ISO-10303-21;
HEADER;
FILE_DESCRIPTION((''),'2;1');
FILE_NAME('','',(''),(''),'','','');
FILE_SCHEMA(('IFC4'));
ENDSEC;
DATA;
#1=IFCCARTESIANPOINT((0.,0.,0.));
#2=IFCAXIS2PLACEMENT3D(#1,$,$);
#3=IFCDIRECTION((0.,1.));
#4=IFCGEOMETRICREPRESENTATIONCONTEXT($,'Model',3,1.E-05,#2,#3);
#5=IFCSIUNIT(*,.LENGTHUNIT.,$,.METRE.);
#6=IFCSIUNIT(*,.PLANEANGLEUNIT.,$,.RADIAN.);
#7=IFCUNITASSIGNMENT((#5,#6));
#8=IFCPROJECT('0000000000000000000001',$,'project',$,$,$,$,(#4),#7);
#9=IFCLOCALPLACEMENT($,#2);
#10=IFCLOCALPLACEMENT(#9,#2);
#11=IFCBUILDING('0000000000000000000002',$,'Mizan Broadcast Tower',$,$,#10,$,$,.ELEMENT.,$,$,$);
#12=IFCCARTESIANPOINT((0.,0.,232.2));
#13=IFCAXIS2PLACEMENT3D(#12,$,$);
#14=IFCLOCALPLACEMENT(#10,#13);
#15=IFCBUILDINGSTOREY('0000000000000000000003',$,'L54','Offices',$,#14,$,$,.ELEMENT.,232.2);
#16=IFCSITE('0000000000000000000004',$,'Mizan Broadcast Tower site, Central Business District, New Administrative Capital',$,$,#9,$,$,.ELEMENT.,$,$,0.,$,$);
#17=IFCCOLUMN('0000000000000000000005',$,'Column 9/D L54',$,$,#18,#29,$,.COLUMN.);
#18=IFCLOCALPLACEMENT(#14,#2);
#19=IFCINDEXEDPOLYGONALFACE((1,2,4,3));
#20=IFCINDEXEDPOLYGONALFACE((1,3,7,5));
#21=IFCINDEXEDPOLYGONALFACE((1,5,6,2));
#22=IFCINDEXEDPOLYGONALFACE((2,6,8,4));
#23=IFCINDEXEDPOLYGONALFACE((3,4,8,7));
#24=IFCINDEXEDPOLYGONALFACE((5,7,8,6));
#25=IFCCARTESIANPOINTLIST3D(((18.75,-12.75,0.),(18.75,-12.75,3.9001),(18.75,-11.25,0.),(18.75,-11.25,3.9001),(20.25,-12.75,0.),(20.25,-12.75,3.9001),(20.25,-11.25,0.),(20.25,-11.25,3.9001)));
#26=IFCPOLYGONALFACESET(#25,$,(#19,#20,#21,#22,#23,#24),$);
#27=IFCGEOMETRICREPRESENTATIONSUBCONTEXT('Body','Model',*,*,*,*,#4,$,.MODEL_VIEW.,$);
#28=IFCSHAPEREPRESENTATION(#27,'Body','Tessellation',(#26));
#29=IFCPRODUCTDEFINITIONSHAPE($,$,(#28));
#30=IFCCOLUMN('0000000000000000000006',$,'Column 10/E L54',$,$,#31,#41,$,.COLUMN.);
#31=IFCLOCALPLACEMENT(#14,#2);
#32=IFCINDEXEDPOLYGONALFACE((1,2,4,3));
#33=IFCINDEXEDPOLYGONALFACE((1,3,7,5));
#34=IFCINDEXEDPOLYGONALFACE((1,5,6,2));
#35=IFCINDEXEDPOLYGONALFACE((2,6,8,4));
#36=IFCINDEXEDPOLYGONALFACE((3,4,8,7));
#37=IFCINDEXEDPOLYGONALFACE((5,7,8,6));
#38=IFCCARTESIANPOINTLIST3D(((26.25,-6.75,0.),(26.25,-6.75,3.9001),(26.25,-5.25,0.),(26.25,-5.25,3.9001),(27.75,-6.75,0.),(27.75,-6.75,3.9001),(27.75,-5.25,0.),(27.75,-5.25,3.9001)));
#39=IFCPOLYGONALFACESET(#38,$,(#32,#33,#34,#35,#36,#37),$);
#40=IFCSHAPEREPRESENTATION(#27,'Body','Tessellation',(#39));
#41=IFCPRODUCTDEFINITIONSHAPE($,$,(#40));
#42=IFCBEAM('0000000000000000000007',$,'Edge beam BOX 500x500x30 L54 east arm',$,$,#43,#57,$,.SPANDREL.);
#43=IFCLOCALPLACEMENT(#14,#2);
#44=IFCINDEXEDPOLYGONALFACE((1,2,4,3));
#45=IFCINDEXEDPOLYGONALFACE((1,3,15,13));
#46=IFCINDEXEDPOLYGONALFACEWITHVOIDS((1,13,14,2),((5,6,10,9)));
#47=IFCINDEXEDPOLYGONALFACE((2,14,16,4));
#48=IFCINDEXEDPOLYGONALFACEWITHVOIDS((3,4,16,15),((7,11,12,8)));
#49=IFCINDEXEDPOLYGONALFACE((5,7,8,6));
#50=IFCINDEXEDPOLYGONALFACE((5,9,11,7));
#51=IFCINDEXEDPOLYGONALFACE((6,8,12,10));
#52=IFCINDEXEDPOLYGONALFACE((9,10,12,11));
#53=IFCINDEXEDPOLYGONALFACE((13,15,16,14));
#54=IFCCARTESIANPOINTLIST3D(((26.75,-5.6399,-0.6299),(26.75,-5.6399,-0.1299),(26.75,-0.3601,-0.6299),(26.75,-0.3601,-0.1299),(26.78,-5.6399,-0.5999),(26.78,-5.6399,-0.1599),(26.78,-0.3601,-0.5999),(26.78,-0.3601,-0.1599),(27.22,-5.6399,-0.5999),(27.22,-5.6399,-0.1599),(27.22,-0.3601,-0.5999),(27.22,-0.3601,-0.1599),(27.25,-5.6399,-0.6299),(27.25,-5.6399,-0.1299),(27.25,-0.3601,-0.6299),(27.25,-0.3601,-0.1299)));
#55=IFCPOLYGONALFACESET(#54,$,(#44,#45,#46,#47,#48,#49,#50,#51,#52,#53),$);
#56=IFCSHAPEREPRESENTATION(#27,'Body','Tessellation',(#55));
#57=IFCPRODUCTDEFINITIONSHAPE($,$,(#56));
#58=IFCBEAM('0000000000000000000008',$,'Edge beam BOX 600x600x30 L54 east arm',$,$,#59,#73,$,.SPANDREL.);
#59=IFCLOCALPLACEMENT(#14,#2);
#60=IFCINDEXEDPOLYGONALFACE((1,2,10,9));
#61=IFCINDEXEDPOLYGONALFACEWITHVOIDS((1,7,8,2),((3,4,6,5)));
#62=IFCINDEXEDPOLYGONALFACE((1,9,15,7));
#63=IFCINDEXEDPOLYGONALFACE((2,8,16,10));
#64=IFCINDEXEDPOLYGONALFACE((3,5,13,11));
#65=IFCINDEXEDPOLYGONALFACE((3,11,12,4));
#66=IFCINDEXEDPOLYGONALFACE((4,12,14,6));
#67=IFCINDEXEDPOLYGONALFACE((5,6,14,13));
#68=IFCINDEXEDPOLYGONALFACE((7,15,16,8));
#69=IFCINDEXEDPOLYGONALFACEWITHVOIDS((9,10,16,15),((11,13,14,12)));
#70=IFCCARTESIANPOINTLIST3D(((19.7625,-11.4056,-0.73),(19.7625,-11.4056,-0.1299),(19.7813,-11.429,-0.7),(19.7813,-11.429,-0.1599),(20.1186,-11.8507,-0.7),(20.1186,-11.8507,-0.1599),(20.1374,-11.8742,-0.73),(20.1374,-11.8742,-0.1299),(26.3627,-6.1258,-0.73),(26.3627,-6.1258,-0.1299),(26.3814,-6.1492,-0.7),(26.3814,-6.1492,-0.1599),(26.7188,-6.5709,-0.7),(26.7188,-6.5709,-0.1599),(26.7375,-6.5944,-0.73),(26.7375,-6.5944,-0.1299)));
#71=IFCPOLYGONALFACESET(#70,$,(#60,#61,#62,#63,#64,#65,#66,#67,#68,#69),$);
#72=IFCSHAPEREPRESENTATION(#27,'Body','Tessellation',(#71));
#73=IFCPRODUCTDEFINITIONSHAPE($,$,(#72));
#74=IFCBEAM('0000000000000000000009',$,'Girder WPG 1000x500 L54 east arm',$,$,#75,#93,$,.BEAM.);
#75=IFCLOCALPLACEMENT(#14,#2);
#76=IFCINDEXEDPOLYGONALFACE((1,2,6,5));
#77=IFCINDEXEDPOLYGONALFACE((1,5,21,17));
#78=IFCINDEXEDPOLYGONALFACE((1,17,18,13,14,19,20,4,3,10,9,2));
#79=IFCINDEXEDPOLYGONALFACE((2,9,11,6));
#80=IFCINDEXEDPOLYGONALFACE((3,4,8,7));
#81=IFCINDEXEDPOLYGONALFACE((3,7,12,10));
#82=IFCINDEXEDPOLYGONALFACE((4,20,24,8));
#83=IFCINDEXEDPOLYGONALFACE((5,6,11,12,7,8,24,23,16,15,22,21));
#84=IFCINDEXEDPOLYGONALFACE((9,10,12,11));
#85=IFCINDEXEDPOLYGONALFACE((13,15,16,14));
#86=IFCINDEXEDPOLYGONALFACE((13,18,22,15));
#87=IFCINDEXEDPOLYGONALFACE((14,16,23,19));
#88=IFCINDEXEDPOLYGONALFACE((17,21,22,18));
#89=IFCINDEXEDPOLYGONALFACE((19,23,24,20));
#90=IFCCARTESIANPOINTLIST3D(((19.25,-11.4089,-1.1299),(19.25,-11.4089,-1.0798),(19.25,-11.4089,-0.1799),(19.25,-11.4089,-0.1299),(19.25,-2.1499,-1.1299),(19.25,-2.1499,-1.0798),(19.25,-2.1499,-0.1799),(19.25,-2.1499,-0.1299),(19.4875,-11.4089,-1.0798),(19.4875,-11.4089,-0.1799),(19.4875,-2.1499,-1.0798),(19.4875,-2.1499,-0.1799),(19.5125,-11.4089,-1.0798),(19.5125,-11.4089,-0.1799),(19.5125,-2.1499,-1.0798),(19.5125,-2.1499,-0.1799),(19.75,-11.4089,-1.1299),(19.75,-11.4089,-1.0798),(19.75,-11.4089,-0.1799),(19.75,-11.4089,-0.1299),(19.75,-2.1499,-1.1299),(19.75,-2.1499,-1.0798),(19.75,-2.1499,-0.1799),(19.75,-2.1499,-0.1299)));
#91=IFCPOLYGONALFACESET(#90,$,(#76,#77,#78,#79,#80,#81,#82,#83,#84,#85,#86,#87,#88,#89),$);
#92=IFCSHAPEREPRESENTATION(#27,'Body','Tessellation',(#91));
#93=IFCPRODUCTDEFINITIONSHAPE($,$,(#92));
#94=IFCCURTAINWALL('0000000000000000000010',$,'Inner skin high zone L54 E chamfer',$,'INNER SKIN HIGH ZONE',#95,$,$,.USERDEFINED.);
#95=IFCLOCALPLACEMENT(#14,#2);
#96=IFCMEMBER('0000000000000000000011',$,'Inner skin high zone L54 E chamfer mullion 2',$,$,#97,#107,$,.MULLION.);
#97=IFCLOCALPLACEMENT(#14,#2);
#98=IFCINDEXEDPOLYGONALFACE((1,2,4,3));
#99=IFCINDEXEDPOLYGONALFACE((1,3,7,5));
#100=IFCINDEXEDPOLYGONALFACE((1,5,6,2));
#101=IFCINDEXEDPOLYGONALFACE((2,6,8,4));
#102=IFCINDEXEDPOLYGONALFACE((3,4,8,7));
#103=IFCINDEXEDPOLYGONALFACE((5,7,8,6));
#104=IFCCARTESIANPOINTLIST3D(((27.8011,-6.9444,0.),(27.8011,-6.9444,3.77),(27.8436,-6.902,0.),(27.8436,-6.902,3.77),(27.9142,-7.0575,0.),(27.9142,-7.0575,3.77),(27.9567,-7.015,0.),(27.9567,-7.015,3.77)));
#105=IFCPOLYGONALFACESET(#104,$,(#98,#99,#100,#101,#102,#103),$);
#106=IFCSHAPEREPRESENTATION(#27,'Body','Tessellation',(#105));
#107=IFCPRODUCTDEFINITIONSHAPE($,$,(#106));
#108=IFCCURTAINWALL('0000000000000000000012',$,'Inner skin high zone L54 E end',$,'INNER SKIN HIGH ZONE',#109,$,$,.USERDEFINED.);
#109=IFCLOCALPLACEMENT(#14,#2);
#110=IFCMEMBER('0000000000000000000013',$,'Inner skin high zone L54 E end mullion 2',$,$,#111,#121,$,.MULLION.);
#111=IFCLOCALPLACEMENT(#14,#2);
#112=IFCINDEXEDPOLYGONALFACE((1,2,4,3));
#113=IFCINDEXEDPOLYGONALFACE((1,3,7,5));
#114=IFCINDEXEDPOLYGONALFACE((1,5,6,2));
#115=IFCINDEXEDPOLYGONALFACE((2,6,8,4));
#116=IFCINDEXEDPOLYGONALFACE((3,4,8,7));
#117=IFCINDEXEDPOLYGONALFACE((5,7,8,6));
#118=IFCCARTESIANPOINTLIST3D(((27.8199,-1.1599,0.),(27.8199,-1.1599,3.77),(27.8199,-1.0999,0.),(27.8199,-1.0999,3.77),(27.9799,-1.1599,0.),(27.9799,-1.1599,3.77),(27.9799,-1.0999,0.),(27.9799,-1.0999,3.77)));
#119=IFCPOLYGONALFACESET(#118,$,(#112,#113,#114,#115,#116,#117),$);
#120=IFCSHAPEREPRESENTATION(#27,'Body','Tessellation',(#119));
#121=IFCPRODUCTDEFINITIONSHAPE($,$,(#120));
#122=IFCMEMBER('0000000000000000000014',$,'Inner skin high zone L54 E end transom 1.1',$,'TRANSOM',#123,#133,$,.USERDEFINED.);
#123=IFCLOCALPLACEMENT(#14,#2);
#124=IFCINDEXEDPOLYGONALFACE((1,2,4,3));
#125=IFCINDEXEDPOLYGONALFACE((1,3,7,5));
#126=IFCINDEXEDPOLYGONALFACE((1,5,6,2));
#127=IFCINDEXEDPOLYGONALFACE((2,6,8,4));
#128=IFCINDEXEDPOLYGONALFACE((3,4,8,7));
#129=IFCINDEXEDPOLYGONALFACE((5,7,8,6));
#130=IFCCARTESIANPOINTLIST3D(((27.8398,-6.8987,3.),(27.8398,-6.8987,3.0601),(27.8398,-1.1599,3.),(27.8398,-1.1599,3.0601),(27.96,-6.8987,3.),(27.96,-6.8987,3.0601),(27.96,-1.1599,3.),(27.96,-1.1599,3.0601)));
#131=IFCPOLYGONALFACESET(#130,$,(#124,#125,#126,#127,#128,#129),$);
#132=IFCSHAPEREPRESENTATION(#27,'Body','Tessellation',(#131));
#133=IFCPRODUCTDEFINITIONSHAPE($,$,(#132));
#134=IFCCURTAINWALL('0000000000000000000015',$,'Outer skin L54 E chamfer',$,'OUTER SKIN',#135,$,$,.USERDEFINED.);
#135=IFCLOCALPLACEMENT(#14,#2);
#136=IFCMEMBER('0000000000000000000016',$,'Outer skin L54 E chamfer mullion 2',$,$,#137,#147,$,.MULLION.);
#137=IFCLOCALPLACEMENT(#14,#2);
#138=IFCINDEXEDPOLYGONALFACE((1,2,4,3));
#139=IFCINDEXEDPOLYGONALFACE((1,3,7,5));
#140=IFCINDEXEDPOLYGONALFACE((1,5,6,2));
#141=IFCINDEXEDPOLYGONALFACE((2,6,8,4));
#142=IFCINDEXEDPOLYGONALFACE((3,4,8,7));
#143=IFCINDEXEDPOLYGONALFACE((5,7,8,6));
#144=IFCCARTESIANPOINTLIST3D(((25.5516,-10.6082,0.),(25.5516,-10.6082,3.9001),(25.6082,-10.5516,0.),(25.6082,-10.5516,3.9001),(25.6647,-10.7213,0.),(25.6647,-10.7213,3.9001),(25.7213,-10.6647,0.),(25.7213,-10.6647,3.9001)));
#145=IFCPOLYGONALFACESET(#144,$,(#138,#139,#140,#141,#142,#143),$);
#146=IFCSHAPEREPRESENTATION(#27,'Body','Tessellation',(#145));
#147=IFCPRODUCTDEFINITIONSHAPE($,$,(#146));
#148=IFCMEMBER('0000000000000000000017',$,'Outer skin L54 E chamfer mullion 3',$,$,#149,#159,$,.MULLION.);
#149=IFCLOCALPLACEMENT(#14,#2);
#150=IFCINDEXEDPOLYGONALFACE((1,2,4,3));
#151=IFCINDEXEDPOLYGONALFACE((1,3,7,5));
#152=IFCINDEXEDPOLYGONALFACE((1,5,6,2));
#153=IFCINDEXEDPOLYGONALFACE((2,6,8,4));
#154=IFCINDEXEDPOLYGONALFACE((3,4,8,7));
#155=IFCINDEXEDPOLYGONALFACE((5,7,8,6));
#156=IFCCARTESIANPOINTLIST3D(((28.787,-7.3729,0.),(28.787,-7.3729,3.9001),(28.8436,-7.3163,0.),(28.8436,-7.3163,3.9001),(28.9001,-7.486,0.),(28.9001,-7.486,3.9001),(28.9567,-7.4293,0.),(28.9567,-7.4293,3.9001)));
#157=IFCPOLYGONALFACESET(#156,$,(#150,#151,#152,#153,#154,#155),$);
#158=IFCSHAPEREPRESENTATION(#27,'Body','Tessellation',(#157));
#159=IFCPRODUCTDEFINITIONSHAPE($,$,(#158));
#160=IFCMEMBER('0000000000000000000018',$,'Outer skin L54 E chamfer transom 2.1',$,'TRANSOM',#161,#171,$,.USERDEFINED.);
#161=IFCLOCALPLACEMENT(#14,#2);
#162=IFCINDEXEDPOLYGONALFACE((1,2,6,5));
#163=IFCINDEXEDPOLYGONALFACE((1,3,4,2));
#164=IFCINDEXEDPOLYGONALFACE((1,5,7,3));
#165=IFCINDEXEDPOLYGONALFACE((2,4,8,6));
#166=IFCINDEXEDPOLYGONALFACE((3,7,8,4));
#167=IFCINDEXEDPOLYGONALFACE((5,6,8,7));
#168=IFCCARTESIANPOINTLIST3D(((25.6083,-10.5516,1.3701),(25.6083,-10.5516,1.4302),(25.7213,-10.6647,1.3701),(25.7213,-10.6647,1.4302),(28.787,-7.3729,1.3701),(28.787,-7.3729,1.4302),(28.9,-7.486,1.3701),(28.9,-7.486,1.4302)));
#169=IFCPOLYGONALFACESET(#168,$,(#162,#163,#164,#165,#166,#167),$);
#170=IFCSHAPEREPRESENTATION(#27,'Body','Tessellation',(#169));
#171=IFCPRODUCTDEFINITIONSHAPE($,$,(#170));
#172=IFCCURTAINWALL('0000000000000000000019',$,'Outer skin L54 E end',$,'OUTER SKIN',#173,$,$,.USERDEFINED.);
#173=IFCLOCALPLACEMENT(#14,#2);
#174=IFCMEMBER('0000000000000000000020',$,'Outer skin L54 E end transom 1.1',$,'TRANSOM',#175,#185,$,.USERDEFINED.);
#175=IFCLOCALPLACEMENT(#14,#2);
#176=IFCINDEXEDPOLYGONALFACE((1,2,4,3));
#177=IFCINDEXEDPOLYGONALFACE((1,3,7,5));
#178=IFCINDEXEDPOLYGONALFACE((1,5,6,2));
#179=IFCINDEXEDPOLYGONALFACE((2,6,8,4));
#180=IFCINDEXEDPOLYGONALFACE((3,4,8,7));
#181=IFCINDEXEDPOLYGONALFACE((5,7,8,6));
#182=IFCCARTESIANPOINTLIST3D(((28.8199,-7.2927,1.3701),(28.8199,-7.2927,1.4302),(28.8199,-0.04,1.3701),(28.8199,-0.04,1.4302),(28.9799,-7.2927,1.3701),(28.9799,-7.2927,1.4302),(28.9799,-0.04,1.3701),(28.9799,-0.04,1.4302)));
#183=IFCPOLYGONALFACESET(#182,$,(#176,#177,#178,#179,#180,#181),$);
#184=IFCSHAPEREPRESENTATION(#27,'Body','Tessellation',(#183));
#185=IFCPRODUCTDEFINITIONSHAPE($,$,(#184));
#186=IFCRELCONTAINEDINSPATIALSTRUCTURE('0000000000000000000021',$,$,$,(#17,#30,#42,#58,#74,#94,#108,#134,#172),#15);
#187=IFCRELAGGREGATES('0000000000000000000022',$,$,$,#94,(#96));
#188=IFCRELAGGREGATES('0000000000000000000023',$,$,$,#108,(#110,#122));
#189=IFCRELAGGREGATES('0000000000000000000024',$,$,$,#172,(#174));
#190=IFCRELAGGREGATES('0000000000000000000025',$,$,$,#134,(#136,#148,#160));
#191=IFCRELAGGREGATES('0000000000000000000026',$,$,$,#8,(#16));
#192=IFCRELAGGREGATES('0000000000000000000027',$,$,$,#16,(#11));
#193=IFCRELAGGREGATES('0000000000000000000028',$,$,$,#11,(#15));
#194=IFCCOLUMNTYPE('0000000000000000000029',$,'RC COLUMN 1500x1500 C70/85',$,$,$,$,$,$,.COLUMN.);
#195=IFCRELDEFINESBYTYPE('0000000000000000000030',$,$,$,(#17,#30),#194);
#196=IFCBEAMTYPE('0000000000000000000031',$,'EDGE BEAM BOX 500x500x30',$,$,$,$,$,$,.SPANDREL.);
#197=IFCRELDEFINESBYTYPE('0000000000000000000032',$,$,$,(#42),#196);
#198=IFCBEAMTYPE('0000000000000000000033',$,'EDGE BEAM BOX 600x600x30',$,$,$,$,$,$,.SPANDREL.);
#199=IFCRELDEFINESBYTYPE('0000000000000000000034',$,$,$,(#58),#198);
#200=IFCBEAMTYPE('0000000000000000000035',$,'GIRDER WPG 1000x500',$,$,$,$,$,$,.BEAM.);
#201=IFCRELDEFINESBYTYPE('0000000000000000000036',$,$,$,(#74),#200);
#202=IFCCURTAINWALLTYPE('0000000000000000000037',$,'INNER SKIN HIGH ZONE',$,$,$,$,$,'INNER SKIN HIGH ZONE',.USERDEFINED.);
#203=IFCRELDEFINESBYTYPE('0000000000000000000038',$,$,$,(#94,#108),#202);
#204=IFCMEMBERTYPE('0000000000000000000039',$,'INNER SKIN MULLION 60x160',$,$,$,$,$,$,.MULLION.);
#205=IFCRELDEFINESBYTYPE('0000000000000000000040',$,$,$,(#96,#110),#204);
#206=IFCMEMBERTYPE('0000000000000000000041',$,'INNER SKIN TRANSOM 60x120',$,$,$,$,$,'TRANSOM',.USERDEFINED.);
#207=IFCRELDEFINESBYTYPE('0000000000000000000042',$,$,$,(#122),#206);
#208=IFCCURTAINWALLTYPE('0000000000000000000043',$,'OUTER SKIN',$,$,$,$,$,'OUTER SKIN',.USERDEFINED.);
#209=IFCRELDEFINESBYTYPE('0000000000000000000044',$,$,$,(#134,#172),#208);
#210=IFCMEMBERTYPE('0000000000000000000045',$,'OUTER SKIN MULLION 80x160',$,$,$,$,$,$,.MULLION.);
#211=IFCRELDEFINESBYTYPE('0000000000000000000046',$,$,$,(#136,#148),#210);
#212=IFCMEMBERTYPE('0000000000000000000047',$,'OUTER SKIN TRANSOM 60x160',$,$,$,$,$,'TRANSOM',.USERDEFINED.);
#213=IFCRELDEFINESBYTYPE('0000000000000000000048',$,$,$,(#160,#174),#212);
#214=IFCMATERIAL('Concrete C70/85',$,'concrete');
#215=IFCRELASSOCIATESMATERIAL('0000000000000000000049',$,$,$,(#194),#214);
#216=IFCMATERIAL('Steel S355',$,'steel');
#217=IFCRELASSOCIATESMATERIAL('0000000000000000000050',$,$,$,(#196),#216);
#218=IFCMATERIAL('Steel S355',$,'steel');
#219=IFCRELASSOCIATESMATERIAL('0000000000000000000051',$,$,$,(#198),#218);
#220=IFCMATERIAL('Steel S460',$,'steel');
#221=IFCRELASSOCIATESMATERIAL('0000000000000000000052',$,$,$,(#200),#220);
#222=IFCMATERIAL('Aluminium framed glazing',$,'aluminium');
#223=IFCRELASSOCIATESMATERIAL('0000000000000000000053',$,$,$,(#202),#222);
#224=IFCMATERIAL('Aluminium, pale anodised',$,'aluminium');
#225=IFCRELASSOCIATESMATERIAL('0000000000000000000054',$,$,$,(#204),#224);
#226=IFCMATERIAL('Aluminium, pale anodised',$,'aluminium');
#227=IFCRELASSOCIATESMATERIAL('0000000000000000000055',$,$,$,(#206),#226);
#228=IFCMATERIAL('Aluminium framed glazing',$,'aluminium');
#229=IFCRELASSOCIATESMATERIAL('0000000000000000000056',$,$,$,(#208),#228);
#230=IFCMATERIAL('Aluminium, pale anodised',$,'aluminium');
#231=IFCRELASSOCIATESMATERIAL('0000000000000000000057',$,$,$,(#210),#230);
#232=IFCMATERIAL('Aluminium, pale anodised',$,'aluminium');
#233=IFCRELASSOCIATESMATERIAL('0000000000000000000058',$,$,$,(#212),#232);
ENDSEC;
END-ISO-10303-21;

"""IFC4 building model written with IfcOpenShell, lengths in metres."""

from ifc_helpers import new_model, si_unit, direction, frame, origin, origin_2d, place, context, subcontext, project, spatial, rectangle, hollow_rectangle, i_section, extrude, material, material_profile, profile_set, type_object, element, aggregate, save


model = new_model("IFC4")

# Units and contexts
model_context = context("Model", 3, precision=1e-05, world=origin(), true_north=direction((0.0, 1.0)))
body_context = subcontext(model_context, "Body", "Model", "MODEL_VIEW")
ifc_project = project(units=[si_unit("LENGTHUNIT", "METRE"), si_unit("PLANEANGLEUNIT", "RADIAN")], contexts=[model_context])

# Site, building, storey
site_placement = place(None, origin())
site = spatial("IfcSite", under=ifc_project, at=site_placement, Name="Mizan Broadcast Tower site, Central Business District, New Administrative Capital", CompositionType="ELEMENT", RefElevation=0.0)
building_placement = place(site_placement, origin())
building = spatial("IfcBuilding", under=site, at=building_placement, Name="Mizan Broadcast Tower", CompositionType="ELEMENT")
storey_placement = place(building_placement, frame((0.0, 0.0, 232.2)))
storey = spatial("IfcBuildingStorey", under=building, at=storey_placement, Name="L54", Description="Offices", CompositionType="ELEMENT", Elevation=232.2)

# Columns
ifc_material_1 = material(Name="Concrete C70/85", Category="concrete")
ifc_material_profile_1 = material_profile(ifc_material_1, rectangle(XDim=1.5, YDim=1.5, at=origin_2d()), Name="RC 1500x1500")
ifc_profile_set_1 = profile_set([ifc_material_profile_1], Name="Concrete C70/85")
column_type = type_object("IfcColumnType", Name="RC COLUMN 1500x1500 C70/85", PredefinedType="COLUMN", material=ifc_profile_set_1)
for number, where, z_axis, x_axis, name in (
    (1, (19.5, -12.0, 0.0), (0.0, 0.0, 1.0), (1.0, 0.0, 0.0), "Column 9/D L54"),
    (2, (27.0, -6.0, 0.0), (0.0, 0.0, 1.0), (1.0, 0.0, 0.0), "Column 10/E L54"),
):
    element("IfcColumn", number, at=place(storey_placement, frame(where, z_axis=z_axis, x_axis=x_axis)), inside=storey, type_object=column_type, Name=name, PredefinedType="COLUMN", context=body_context, shape_type="SweptSolid", body=[
        extrude(rectangle(XDim=1.5, YDim=1.5, at=origin_2d()), origin(), (0.0, 0.0, 1.0), 3.9001),
    ])

# Beams
ifc_material_2 = material(Name="Steel S355", Category="steel")
ifc_material_profile_2 = material_profile(ifc_material_2, hollow_rectangle(XDim=0.5, YDim=0.5, WallThickness=0.03, at=origin_2d()), Name="BOX 500x500x30")
ifc_profile_set_2 = profile_set([ifc_material_profile_2], Name="Steel S355")
beam_type_1 = type_object("IfcBeamType", Name="EDGE BEAM BOX 500x500x30", PredefinedType="SPANDREL", material=ifc_profile_set_2)
beam_1_placement = place(storey_placement, frame((27.0, -5.6399, -0.3799), z_axis=(0.0, 1.0, 0.0), x_axis=(-1.0, 0.0, 0.0)))
element("IfcBeam", 3, at=beam_1_placement, inside=storey, type_object=beam_type_1, Name="Edge beam BOX 500x500x30 L54 east arm", PredefinedType="SPANDREL", context=body_context, shape_type="SweptSolid", body=[
    extrude(hollow_rectangle(XDim=0.5, YDim=0.5, WallThickness=0.03, at=origin_2d()), origin(), (0.0, 0.0, 1.0), 5.2798),
])
ifc_material_3 = material(Name="Steel S355", Category="steel")
ifc_material_profile_3 = material_profile(ifc_material_3, hollow_rectangle(XDim=0.6001, YDim=0.6001, WallThickness=0.03, at=origin_2d()), Name="BOX 600x600x30")
ifc_profile_set_3 = profile_set([ifc_material_profile_3], Name="Steel S355")
beam_type_2 = type_object("IfcBeamType", Name="EDGE BEAM BOX 600x600x30", PredefinedType="SPANDREL", material=ifc_profile_set_3)
beam_2_placement = place(storey_placement, frame((19.95, -11.6399, -0.4299), z_axis=(0.780886, 0.624674, 0.0), x_axis=(-0.624674, 0.780886, 0.0)))
element("IfcBeam", 4, at=beam_2_placement, inside=storey, type_object=beam_type_2, Name="Edge beam BOX 600x600x30 L54 east arm", PredefinedType="SPANDREL", context=body_context, shape_type="SweptSolid", body=[
    extrude(hollow_rectangle(XDim=0.6001, YDim=0.6001, WallThickness=0.03, at=origin_2d()), origin(), (0.0, 0.0, 1.0), 8.4521),
])
ifc_material_4 = material(Name="Steel S460", Category="steel")
ifc_material_profile_4 = material_profile(ifc_material_4, i_section(OverallWidth=0.5, OverallDepth=1.0, WebThickness=0.0249, FlangeThickness=0.05, at=origin_2d()), Name="WPG 1000x500")
ifc_profile_set_4 = profile_set([ifc_material_profile_4], Name="Steel S460")
beam_type_3 = type_object("IfcBeamType", Name="GIRDER WPG 1000x500", PredefinedType="BEAM", material=ifc_profile_set_4)
beam_3_placement = place(storey_placement, frame((19.5, -11.4089, -0.6299), z_axis=(0.0, 1.0, 0.0), x_axis=(-1.0, 0.0, 0.0)))
element("IfcBeam", 5, at=beam_3_placement, inside=storey, type_object=beam_type_3, Name="Girder WPG 1000x500 L54 east arm", PredefinedType="BEAM", context=body_context, shape_type="SweptSolid", body=[
    extrude(i_section(OverallWidth=0.5, OverallDepth=1.0, WebThickness=0.0249, FlangeThickness=0.05, at=origin_2d()), origin(), (0.0, 0.0, 1.0), 9.259),
])

# Curtain wall, member
ifc_material_5 = material(Name="Aluminium framed glazing", Category="aluminium")
curtain_wall_type_1 = type_object("IfcCurtainWallType", Name="INNER SKIN HIGH ZONE", ElementType="INNER SKIN HIGH ZONE", PredefinedType="USERDEFINED", material=ifc_material_5)
curtain_wall_1_placement = place(storey_placement, origin())
curtain_wall_1 = element("IfcCurtainWall", 6, at=curtain_wall_1_placement, inside=storey, type_object=curtain_wall_type_1, Name="Inner skin high zone L54 E chamfer", ObjectType="INNER SKIN HIGH ZONE", PredefinedType="USERDEFINED")
ifc_material_6 = material(Name="Aluminium, pale anodised", Category="aluminium")
ifc_material_profile_5 = material_profile(ifc_material_6, rectangle(XDim=0.1599, YDim=0.0601, at=origin_2d()), Name="MULLION 160x60")
ifc_profile_set_5 = profile_set([ifc_material_profile_5], Name="Aluminium, pale anodised")
member_type_1 = type_object("IfcMemberType", Name="INNER SKIN MULLION 60x160", PredefinedType="MULLION", material=ifc_profile_set_5)
member_1_placement = place(storey_placement, frame((27.8789, -6.9797, 0.0), z_axis=(0.0, 0.0, 1.0), x_axis=(-0.707107, 0.707107, 0.0)))
member_1 = element("IfcMember", 7, at=member_1_placement, type_object=member_type_1, Name="Inner skin high zone L54 E chamfer mullion 2", PredefinedType="MULLION", context=body_context, shape_type="SweptSolid", body=[
    extrude(rectangle(XDim=0.1599, YDim=0.0601, at=origin_2d()), origin(), (0.0, 0.0, 1.0), 3.77),
])

# Curtain walls, members
curtain_wall_2_placement = place(storey_placement, origin())
curtain_wall_2 = element("IfcCurtainWall", 8, at=curtain_wall_2_placement, inside=storey, type_object=curtain_wall_type_1, Name="Inner skin high zone L54 E end", ObjectType="INNER SKIN HIGH ZONE", PredefinedType="USERDEFINED")
member_2_placement = place(storey_placement, frame((27.8999, -1.1299, 0.0), z_axis=(0.0, 0.0, 1.0), x_axis=(-1.0, 0.0, 0.0)))
member_2 = element("IfcMember", 9, at=member_2_placement, type_object=member_type_1, Name="Inner skin high zone L54 E end mullion 2", PredefinedType="MULLION", context=body_context, shape_type="SweptSolid", body=[
    extrude(rectangle(XDim=0.1599, YDim=0.0601, at=origin_2d()), origin(), (0.0, 0.0, 1.0), 3.77),
])
ifc_material_7 = material(Name="Aluminium, pale anodised", Category="aluminium")
ifc_material_profile_6 = material_profile(ifc_material_7, rectangle(XDim=0.1201, YDim=0.0601, at=origin_2d()), Name="TRANSOM 120x60")
ifc_profile_set_6 = profile_set([ifc_material_profile_6], Name="Aluminium, pale anodised")
member_type_2 = type_object("IfcMemberType", Name="INNER SKIN TRANSOM 60x120", ElementType="TRANSOM", PredefinedType="USERDEFINED", material=ifc_profile_set_6)
member_3_placement = place(storey_placement, frame((27.8999, -6.8987, 3.03), z_axis=(0.0, 1.0, 0.0), x_axis=(-1.0, 0.0, 0.0)))
member_3 = element("IfcMember", 10, at=member_3_placement, type_object=member_type_2, Name="Inner skin high zone L54 E end transom 1.1", ObjectType="TRANSOM", PredefinedType="USERDEFINED", context=body_context, shape_type="SweptSolid", body=[
    extrude(rectangle(XDim=0.1201, YDim=0.0601, at=origin_2d()), origin(), (0.0, 0.0, 1.0), 5.7388),
])
ifc_material_8 = material(Name="Aluminium framed glazing", Category="aluminium")
curtain_wall_type_2 = type_object("IfcCurtainWallType", Name="OUTER SKIN", ElementType="OUTER SKIN", PredefinedType="USERDEFINED", material=ifc_material_8)
curtain_wall_3_placement = place(storey_placement, origin())
curtain_wall_3 = element("IfcCurtainWall", 11, at=curtain_wall_3_placement, inside=storey, type_object=curtain_wall_type_2, Name="Outer skin L54 E chamfer", ObjectType="OUTER SKIN", PredefinedType="USERDEFINED")
ifc_material_9 = material(Name="Aluminium, pale anodised", Category="aluminium")
ifc_material_profile_7 = material_profile(ifc_material_9, rectangle(XDim=0.1599, YDim=0.0801, at=origin_2d()), Name="MULLION 160x80")
ifc_profile_set_7 = profile_set([ifc_material_profile_7], Name="Aluminium, pale anodised")
member_type_3 = type_object("IfcMemberType", Name="OUTER SKIN MULLION 80x160", PredefinedType="MULLION", material=ifc_profile_set_7)
member_4_placement = place(storey_placement, frame((25.6365, -10.6365, 0.0), z_axis=(0.0, 0.0, 1.0), x_axis=(-0.707107, 0.707107, 0.0)))
member_4 = element("IfcMember", 12, at=member_4_placement, type_object=member_type_3, Name="Outer skin L54 E chamfer mullion 2", PredefinedType="MULLION", context=body_context, shape_type="SweptSolid", body=[
    extrude(rectangle(XDim=0.1599, YDim=0.0801, at=origin_2d()), origin(), (0.0, 0.0, 1.0), 3.9001),
])
member_5_placement = place(storey_placement, frame((28.8718, -7.4011, 0.0), z_axis=(0.0, 0.0, 1.0), x_axis=(-0.707107, 0.707107, 0.0)))
member_5 = element("IfcMember", 13, at=member_5_placement, type_object=member_type_3, Name="Outer skin L54 E chamfer mullion 3", PredefinedType="MULLION", context=body_context, shape_type="SweptSolid", body=[
    extrude(rectangle(XDim=0.1599, YDim=0.0801, at=origin_2d()), origin(), (0.0, 0.0, 1.0), 3.9001),
])
ifc_material_10 = material(Name="Aluminium, pale anodised", Category="aluminium")
ifc_material_profile_8 = material_profile(ifc_material_10, rectangle(XDim=0.1599, YDim=0.0601, at=origin_2d()), Name="TRANSOM 160x60")
ifc_profile_set_8 = profile_set([ifc_material_profile_8], Name="Aluminium, pale anodised")
member_type_4 = type_object("IfcMemberType", Name="OUTER SKIN TRANSOM 60x160", ElementType="TRANSOM", PredefinedType="USERDEFINED", material=ifc_profile_set_8)
member_6_placement = place(storey_placement, frame((25.6648, -10.6082, 1.4001), z_axis=(0.707107, 0.707107, 0.0), x_axis=(-0.707107, 0.707107, 0.0)))
member_6 = element("IfcMember", 14, at=member_6_placement, type_object=member_type_4, Name="Outer skin L54 E chamfer transom 2.1", ObjectType="TRANSOM", PredefinedType="USERDEFINED", context=body_context, shape_type="SweptSolid", body=[
    extrude(rectangle(XDim=0.1599, YDim=0.0601, at=origin_2d()), origin(), (0.0, 0.0, 1.0), 4.4954),
])

# Curtain wall, member
curtain_wall_4_placement = place(storey_placement, origin())
curtain_wall_4 = element("IfcCurtainWall", 15, at=curtain_wall_4_placement, inside=storey, type_object=curtain_wall_type_2, Name="Outer skin L54 E end", ObjectType="OUTER SKIN", PredefinedType="USERDEFINED")
member_7_placement = place(storey_placement, frame((28.8999, -7.2927, 1.4001), z_axis=(0.0, 1.0, 0.0), x_axis=(-1.0, 0.0, 0.0)))
member_7 = element("IfcMember", 16, at=member_7_placement, type_object=member_type_4, Name="Outer skin L54 E end transom 1.1", ObjectType="TRANSOM", PredefinedType="USERDEFINED", context=body_context, shape_type="SweptSolid", body=[
    extrude(rectangle(XDim=0.1599, YDim=0.0601, at=origin_2d()), origin(), (0.0, 0.0, 1.0), 7.2527),
])

aggregate(curtain_wall_1, [member_1])
aggregate(curtain_wall_2, [member_2, member_3])
aggregate(curtain_wall_4, [member_7])
aggregate(curtain_wall_3, [member_4, member_5, member_6])

save(model, "model.ifc")
